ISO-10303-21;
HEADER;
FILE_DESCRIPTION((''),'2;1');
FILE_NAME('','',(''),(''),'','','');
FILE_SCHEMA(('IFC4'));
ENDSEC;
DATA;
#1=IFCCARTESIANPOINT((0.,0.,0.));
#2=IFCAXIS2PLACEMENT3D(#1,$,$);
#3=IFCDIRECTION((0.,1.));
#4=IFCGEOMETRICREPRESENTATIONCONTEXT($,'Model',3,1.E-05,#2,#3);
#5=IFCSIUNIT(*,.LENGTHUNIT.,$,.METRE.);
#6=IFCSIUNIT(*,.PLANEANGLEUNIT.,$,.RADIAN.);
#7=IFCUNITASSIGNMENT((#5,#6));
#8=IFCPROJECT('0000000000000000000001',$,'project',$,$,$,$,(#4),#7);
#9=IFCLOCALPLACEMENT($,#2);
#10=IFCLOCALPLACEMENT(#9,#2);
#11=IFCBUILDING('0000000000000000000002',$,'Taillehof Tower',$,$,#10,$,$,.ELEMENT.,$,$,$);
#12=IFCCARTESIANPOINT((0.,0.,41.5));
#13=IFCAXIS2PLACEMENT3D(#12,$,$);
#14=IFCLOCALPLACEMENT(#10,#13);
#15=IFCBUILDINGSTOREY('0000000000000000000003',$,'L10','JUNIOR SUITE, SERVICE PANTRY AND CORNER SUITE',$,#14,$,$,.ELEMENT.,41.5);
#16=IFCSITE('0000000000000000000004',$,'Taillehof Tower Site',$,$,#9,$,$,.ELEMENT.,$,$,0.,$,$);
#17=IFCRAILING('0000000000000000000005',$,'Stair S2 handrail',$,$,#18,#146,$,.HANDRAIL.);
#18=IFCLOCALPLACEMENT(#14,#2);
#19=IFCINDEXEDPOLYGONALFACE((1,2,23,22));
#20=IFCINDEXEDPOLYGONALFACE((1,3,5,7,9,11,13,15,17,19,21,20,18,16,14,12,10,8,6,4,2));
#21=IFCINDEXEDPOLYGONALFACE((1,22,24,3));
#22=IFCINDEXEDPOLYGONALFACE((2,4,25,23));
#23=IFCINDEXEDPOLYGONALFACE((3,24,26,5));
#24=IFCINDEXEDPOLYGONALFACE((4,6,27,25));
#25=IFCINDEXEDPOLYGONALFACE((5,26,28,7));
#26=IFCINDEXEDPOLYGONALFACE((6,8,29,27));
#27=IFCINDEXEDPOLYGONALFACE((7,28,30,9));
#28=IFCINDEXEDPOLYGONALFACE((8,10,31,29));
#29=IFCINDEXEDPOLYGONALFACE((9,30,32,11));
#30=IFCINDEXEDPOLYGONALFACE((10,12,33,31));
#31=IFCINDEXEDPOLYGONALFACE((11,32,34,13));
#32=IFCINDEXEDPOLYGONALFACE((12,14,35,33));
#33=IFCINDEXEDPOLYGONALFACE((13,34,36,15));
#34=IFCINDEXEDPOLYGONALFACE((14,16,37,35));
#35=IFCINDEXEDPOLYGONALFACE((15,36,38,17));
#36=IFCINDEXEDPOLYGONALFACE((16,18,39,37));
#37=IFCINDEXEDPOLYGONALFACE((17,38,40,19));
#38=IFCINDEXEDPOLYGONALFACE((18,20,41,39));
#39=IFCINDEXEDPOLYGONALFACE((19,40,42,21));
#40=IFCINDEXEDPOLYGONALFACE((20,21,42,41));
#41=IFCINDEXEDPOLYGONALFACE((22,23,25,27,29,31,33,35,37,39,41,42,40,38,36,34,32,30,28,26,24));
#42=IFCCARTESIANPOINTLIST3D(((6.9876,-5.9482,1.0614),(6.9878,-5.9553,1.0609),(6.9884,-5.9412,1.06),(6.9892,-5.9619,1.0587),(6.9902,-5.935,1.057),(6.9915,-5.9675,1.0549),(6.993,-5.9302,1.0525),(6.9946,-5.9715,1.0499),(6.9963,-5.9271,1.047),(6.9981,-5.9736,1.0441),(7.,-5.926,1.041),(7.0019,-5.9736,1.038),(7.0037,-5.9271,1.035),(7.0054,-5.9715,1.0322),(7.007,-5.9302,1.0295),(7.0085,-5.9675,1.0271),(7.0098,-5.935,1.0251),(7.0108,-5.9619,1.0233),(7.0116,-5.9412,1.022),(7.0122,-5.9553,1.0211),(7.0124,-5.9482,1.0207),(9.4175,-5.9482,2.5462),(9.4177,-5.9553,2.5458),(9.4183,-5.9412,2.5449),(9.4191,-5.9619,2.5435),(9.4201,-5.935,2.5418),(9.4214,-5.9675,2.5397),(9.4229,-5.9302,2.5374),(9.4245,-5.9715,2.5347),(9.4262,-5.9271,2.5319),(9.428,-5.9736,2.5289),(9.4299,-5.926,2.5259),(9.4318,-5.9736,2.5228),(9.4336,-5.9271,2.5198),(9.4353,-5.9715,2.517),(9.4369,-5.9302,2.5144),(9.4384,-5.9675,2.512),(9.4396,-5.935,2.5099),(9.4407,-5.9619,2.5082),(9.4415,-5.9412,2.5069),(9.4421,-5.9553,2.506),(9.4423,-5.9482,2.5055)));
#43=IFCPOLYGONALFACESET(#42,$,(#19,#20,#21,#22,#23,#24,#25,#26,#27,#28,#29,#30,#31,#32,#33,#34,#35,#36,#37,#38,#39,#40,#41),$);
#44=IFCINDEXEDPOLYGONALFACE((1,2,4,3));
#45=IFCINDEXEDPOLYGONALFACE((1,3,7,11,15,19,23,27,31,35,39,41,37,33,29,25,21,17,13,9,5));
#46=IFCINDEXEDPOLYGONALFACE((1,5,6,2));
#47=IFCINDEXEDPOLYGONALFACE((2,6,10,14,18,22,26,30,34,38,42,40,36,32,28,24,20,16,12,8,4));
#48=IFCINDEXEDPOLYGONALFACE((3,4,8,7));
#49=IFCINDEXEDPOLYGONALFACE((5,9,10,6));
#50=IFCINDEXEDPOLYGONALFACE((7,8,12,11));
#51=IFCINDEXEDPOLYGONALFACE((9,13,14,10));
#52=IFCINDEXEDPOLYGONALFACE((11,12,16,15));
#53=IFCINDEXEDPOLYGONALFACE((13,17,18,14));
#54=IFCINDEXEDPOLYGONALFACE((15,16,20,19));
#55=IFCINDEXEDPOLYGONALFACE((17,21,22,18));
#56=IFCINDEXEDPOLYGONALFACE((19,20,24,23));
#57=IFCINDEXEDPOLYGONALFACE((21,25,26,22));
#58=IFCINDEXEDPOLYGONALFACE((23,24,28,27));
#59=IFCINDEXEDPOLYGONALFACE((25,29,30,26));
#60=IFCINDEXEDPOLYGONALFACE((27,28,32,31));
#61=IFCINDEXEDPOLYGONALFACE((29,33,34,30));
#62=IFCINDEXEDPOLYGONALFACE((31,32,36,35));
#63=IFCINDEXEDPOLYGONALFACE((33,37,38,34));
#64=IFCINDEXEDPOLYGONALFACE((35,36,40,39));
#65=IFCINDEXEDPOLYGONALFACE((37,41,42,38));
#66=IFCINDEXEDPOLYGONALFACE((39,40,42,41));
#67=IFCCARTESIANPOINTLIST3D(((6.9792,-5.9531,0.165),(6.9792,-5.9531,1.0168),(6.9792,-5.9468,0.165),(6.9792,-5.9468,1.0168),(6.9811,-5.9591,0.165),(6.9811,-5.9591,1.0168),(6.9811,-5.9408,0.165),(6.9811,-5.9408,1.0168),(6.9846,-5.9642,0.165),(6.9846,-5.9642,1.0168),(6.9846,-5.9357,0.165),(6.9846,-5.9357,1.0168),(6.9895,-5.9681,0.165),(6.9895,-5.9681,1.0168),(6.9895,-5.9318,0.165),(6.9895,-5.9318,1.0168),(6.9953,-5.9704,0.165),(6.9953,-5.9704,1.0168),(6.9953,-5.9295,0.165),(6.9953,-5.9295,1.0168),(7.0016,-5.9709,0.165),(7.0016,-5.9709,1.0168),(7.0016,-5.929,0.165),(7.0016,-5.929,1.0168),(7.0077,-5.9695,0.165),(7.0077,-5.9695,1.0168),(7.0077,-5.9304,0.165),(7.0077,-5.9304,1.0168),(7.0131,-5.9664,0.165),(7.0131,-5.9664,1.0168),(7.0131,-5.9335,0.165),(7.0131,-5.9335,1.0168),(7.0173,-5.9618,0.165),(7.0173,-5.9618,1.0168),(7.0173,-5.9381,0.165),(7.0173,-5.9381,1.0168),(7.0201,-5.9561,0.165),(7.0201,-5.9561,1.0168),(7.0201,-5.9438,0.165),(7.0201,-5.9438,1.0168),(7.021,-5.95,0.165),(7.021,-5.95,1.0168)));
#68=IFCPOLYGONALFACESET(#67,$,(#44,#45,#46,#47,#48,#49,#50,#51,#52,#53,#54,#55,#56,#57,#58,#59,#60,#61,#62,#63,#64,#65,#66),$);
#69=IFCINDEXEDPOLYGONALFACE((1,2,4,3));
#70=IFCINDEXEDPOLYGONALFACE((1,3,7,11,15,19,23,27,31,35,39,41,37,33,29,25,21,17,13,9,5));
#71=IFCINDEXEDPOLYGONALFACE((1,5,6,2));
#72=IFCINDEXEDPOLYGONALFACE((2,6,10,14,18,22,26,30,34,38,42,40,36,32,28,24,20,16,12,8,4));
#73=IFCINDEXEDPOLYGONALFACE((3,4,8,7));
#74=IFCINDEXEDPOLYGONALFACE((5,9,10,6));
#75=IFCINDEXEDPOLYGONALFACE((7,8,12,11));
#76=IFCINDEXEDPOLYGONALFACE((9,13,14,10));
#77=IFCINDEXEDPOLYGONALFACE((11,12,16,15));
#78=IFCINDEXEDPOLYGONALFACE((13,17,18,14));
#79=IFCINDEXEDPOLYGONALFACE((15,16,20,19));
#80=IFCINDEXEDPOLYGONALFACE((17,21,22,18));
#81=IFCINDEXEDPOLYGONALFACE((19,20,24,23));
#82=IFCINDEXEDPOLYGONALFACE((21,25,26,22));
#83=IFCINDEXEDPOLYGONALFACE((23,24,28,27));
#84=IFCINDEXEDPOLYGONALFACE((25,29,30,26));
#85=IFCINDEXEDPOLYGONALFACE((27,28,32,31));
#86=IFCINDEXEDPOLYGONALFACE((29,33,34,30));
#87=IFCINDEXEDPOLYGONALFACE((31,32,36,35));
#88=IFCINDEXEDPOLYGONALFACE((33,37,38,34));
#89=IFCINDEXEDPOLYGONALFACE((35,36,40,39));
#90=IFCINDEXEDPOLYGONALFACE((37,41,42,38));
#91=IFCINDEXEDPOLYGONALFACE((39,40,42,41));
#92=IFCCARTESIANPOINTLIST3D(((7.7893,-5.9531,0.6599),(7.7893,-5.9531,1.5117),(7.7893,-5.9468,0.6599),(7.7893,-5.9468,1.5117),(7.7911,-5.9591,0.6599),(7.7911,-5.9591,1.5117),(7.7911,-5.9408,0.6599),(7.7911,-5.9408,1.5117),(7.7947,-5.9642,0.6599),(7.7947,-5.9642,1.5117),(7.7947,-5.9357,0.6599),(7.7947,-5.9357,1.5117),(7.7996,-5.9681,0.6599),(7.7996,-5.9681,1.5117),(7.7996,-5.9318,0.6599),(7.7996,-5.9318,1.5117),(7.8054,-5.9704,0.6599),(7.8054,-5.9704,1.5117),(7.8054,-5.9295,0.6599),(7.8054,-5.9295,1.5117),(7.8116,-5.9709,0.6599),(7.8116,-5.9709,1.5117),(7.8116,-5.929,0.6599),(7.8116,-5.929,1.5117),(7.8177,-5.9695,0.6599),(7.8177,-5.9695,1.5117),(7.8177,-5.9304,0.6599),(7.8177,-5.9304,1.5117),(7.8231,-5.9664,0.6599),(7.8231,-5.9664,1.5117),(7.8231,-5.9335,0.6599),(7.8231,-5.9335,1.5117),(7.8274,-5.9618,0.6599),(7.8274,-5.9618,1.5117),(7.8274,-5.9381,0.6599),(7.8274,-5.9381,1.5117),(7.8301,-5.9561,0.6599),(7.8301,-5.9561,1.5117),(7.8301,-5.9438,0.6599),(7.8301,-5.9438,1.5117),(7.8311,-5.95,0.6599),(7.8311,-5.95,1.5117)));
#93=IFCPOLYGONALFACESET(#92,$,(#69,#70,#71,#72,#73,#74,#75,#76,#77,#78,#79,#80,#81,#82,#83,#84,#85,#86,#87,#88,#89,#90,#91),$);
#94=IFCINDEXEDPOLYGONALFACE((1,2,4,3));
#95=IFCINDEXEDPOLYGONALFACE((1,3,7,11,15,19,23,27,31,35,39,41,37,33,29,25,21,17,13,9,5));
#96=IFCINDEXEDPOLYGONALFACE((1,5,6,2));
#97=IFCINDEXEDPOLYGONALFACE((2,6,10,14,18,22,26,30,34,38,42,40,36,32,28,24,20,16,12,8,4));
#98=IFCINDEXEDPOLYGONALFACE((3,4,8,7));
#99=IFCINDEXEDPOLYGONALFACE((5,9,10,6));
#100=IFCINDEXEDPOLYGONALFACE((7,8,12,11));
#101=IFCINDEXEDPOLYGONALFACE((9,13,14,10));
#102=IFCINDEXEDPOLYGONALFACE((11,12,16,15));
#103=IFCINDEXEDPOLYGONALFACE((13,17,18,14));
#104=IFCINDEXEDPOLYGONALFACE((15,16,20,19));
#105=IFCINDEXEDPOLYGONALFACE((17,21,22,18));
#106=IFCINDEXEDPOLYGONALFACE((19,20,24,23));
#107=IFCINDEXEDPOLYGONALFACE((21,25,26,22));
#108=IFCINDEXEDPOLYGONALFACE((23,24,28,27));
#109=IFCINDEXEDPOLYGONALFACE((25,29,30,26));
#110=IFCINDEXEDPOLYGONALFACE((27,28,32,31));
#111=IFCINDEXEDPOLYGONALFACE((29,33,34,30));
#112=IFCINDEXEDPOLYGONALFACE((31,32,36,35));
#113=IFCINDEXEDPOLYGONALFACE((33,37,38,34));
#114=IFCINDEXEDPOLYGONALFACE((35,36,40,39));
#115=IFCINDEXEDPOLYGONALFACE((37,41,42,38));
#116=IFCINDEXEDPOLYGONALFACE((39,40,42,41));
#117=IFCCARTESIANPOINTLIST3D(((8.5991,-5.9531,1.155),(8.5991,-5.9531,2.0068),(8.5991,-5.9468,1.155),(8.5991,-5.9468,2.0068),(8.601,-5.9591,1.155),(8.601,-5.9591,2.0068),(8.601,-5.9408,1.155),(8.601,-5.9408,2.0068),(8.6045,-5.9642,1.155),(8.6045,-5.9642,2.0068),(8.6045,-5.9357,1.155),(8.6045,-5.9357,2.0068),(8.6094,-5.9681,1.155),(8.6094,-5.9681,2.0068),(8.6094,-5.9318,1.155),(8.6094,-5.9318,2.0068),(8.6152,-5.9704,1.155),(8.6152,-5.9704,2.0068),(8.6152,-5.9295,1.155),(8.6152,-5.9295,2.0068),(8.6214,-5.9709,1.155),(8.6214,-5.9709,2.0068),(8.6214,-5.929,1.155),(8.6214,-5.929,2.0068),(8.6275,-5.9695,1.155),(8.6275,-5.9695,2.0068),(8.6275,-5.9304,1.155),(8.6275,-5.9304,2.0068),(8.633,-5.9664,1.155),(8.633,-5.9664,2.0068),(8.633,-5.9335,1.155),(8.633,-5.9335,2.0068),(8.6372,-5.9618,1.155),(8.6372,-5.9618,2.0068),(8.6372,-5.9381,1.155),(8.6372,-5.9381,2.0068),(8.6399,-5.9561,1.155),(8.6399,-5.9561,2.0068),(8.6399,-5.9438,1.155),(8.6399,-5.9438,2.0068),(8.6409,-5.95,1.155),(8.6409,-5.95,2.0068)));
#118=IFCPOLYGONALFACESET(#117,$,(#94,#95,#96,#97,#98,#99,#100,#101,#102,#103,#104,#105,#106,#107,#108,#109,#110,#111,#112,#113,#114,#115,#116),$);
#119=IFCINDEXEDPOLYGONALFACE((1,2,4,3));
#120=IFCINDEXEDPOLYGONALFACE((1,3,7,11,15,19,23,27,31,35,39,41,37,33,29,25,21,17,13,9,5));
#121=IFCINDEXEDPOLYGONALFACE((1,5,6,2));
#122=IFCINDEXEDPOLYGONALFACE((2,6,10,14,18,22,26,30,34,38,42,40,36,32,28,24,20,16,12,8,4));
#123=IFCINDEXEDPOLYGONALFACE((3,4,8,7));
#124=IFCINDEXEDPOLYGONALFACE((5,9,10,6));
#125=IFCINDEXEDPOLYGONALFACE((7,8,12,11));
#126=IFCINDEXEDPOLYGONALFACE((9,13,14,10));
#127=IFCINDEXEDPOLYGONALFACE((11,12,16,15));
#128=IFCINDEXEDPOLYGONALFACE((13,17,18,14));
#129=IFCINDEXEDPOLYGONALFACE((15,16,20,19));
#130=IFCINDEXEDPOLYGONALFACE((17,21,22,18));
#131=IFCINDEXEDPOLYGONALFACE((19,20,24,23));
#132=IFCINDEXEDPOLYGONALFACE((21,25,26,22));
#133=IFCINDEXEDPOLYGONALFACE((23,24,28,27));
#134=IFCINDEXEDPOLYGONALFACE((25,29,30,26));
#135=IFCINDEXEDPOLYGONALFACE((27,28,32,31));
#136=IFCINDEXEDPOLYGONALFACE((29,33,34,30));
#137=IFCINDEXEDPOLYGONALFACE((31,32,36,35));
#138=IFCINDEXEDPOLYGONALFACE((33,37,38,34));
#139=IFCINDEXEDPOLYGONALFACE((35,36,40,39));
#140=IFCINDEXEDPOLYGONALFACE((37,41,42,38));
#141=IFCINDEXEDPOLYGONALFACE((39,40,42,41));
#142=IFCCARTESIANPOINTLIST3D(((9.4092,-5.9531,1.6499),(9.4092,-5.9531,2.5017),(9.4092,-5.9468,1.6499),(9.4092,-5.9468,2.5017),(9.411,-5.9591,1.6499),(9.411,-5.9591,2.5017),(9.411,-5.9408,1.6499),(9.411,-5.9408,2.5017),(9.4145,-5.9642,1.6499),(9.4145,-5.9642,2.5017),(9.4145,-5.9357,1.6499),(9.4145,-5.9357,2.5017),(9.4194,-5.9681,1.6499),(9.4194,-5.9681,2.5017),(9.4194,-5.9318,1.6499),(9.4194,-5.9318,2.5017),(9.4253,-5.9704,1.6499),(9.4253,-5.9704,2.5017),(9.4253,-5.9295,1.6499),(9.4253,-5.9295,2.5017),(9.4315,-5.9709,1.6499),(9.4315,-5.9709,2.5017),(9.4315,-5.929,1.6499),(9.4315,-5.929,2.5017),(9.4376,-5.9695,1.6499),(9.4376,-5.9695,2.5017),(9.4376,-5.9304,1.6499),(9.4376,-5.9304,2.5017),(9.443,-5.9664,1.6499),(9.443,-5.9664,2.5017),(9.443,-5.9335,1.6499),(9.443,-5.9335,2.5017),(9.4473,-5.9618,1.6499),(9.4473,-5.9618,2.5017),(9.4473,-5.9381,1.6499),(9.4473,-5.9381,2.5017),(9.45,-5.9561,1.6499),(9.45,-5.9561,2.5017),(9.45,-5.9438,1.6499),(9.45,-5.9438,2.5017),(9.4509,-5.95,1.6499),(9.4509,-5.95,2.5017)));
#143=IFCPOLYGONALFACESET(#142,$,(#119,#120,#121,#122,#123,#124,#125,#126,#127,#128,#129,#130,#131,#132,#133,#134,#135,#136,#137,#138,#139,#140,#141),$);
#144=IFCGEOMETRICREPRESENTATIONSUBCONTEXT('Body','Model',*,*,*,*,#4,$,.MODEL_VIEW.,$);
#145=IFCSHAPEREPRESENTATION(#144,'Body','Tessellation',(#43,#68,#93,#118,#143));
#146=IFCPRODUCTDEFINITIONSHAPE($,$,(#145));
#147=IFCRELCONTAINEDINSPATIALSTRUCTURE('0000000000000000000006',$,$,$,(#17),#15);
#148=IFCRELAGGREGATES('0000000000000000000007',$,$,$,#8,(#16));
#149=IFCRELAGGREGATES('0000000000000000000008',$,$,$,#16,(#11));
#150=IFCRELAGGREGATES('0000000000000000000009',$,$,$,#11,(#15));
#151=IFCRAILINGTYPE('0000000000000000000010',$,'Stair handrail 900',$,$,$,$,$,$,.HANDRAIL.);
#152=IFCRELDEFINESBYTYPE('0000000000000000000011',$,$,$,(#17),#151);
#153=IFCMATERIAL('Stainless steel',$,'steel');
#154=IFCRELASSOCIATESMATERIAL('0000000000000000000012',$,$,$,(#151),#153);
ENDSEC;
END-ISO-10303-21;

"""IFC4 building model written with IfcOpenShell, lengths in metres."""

from ifc_helpers import new_model, si_unit, direction, frame, origin, origin_2d, place, context, subcontext, project, spatial, circle, extrude, material, type_object, element, save


model = new_model("IFC4")

# Units and contexts
model_context = context("Model", 3, precision=1e-05, world=origin(), true_north=direction((0.0, 1.0)))
body_context = subcontext(model_context, "Body", "Model", "MODEL_VIEW")
ifc_project = project(units=[si_unit("LENGTHUNIT", "METRE"), si_unit("PLANEANGLEUNIT", "RADIAN")], contexts=[model_context])

# Site, building, storey
site_placement = place(None, origin())
site = spatial("IfcSite", under=ifc_project, at=site_placement, Name="Taillehof Tower Site", CompositionType="ELEMENT", RefElevation=0.0)
building_placement = place(site_placement, origin())
building = spatial("IfcBuilding", under=site, at=building_placement, Name="Taillehof Tower", CompositionType="ELEMENT")
storey_placement = place(building_placement, frame((0.0, 0.0, 41.5)))
storey = spatial("IfcBuildingStorey", under=building, at=storey_placement, Name="L10", Description="JUNIOR SUITE, SERVICE PANTRY AND CORNER SUITE", CompositionType="ELEMENT", Elevation=41.5)

# Railing
ifc_material_1 = material(Name="Stainless steel", Category="steel")
railing_type = type_object("IfcRailingType", Name="Stair handrail 900", PredefinedType="HANDRAIL", material=ifc_material_1)
railing_1_placement = place(storey_placement, frame((7.0, -5.95, 0.165)))
element("IfcRailing", 1, at=railing_1_placement, inside=storey, type_object=railing_type, Name="Stair S2 handrail", PredefinedType="HANDRAIL", context=body_context, shape_type="SweptSolid", body=[
    extrude(circle(Radius=0.0239, at=origin_2d()), frame((0.0, 0.0, 0.876), z_axis=(0.853297, 0.0, 0.521426), x_axis=(0.0, 1.0, 0.0)), (0.0, 0.0, 1.0), 2.8477),
    extrude(circle(Radius=0.021, at=origin_2d()), origin(), (0.0, 0.0, 1.0), 0.8518),
    extrude(circle(Radius=0.021, at=origin_2d()), frame((0.8101, 0.0, 0.4949)), (0.0, 0.0, 1.0), 0.8518),
    extrude(circle(Radius=0.021, at=origin_2d()), frame((1.6199, 0.0, 0.99)), (0.0, 0.0, 1.0), 0.8518),
    extrude(circle(Radius=0.021, at=origin_2d()), frame((2.4299, 0.0, 1.4849)), (0.0, 0.0, 1.0), 0.8518),
])

save(model, "model.ifc")
